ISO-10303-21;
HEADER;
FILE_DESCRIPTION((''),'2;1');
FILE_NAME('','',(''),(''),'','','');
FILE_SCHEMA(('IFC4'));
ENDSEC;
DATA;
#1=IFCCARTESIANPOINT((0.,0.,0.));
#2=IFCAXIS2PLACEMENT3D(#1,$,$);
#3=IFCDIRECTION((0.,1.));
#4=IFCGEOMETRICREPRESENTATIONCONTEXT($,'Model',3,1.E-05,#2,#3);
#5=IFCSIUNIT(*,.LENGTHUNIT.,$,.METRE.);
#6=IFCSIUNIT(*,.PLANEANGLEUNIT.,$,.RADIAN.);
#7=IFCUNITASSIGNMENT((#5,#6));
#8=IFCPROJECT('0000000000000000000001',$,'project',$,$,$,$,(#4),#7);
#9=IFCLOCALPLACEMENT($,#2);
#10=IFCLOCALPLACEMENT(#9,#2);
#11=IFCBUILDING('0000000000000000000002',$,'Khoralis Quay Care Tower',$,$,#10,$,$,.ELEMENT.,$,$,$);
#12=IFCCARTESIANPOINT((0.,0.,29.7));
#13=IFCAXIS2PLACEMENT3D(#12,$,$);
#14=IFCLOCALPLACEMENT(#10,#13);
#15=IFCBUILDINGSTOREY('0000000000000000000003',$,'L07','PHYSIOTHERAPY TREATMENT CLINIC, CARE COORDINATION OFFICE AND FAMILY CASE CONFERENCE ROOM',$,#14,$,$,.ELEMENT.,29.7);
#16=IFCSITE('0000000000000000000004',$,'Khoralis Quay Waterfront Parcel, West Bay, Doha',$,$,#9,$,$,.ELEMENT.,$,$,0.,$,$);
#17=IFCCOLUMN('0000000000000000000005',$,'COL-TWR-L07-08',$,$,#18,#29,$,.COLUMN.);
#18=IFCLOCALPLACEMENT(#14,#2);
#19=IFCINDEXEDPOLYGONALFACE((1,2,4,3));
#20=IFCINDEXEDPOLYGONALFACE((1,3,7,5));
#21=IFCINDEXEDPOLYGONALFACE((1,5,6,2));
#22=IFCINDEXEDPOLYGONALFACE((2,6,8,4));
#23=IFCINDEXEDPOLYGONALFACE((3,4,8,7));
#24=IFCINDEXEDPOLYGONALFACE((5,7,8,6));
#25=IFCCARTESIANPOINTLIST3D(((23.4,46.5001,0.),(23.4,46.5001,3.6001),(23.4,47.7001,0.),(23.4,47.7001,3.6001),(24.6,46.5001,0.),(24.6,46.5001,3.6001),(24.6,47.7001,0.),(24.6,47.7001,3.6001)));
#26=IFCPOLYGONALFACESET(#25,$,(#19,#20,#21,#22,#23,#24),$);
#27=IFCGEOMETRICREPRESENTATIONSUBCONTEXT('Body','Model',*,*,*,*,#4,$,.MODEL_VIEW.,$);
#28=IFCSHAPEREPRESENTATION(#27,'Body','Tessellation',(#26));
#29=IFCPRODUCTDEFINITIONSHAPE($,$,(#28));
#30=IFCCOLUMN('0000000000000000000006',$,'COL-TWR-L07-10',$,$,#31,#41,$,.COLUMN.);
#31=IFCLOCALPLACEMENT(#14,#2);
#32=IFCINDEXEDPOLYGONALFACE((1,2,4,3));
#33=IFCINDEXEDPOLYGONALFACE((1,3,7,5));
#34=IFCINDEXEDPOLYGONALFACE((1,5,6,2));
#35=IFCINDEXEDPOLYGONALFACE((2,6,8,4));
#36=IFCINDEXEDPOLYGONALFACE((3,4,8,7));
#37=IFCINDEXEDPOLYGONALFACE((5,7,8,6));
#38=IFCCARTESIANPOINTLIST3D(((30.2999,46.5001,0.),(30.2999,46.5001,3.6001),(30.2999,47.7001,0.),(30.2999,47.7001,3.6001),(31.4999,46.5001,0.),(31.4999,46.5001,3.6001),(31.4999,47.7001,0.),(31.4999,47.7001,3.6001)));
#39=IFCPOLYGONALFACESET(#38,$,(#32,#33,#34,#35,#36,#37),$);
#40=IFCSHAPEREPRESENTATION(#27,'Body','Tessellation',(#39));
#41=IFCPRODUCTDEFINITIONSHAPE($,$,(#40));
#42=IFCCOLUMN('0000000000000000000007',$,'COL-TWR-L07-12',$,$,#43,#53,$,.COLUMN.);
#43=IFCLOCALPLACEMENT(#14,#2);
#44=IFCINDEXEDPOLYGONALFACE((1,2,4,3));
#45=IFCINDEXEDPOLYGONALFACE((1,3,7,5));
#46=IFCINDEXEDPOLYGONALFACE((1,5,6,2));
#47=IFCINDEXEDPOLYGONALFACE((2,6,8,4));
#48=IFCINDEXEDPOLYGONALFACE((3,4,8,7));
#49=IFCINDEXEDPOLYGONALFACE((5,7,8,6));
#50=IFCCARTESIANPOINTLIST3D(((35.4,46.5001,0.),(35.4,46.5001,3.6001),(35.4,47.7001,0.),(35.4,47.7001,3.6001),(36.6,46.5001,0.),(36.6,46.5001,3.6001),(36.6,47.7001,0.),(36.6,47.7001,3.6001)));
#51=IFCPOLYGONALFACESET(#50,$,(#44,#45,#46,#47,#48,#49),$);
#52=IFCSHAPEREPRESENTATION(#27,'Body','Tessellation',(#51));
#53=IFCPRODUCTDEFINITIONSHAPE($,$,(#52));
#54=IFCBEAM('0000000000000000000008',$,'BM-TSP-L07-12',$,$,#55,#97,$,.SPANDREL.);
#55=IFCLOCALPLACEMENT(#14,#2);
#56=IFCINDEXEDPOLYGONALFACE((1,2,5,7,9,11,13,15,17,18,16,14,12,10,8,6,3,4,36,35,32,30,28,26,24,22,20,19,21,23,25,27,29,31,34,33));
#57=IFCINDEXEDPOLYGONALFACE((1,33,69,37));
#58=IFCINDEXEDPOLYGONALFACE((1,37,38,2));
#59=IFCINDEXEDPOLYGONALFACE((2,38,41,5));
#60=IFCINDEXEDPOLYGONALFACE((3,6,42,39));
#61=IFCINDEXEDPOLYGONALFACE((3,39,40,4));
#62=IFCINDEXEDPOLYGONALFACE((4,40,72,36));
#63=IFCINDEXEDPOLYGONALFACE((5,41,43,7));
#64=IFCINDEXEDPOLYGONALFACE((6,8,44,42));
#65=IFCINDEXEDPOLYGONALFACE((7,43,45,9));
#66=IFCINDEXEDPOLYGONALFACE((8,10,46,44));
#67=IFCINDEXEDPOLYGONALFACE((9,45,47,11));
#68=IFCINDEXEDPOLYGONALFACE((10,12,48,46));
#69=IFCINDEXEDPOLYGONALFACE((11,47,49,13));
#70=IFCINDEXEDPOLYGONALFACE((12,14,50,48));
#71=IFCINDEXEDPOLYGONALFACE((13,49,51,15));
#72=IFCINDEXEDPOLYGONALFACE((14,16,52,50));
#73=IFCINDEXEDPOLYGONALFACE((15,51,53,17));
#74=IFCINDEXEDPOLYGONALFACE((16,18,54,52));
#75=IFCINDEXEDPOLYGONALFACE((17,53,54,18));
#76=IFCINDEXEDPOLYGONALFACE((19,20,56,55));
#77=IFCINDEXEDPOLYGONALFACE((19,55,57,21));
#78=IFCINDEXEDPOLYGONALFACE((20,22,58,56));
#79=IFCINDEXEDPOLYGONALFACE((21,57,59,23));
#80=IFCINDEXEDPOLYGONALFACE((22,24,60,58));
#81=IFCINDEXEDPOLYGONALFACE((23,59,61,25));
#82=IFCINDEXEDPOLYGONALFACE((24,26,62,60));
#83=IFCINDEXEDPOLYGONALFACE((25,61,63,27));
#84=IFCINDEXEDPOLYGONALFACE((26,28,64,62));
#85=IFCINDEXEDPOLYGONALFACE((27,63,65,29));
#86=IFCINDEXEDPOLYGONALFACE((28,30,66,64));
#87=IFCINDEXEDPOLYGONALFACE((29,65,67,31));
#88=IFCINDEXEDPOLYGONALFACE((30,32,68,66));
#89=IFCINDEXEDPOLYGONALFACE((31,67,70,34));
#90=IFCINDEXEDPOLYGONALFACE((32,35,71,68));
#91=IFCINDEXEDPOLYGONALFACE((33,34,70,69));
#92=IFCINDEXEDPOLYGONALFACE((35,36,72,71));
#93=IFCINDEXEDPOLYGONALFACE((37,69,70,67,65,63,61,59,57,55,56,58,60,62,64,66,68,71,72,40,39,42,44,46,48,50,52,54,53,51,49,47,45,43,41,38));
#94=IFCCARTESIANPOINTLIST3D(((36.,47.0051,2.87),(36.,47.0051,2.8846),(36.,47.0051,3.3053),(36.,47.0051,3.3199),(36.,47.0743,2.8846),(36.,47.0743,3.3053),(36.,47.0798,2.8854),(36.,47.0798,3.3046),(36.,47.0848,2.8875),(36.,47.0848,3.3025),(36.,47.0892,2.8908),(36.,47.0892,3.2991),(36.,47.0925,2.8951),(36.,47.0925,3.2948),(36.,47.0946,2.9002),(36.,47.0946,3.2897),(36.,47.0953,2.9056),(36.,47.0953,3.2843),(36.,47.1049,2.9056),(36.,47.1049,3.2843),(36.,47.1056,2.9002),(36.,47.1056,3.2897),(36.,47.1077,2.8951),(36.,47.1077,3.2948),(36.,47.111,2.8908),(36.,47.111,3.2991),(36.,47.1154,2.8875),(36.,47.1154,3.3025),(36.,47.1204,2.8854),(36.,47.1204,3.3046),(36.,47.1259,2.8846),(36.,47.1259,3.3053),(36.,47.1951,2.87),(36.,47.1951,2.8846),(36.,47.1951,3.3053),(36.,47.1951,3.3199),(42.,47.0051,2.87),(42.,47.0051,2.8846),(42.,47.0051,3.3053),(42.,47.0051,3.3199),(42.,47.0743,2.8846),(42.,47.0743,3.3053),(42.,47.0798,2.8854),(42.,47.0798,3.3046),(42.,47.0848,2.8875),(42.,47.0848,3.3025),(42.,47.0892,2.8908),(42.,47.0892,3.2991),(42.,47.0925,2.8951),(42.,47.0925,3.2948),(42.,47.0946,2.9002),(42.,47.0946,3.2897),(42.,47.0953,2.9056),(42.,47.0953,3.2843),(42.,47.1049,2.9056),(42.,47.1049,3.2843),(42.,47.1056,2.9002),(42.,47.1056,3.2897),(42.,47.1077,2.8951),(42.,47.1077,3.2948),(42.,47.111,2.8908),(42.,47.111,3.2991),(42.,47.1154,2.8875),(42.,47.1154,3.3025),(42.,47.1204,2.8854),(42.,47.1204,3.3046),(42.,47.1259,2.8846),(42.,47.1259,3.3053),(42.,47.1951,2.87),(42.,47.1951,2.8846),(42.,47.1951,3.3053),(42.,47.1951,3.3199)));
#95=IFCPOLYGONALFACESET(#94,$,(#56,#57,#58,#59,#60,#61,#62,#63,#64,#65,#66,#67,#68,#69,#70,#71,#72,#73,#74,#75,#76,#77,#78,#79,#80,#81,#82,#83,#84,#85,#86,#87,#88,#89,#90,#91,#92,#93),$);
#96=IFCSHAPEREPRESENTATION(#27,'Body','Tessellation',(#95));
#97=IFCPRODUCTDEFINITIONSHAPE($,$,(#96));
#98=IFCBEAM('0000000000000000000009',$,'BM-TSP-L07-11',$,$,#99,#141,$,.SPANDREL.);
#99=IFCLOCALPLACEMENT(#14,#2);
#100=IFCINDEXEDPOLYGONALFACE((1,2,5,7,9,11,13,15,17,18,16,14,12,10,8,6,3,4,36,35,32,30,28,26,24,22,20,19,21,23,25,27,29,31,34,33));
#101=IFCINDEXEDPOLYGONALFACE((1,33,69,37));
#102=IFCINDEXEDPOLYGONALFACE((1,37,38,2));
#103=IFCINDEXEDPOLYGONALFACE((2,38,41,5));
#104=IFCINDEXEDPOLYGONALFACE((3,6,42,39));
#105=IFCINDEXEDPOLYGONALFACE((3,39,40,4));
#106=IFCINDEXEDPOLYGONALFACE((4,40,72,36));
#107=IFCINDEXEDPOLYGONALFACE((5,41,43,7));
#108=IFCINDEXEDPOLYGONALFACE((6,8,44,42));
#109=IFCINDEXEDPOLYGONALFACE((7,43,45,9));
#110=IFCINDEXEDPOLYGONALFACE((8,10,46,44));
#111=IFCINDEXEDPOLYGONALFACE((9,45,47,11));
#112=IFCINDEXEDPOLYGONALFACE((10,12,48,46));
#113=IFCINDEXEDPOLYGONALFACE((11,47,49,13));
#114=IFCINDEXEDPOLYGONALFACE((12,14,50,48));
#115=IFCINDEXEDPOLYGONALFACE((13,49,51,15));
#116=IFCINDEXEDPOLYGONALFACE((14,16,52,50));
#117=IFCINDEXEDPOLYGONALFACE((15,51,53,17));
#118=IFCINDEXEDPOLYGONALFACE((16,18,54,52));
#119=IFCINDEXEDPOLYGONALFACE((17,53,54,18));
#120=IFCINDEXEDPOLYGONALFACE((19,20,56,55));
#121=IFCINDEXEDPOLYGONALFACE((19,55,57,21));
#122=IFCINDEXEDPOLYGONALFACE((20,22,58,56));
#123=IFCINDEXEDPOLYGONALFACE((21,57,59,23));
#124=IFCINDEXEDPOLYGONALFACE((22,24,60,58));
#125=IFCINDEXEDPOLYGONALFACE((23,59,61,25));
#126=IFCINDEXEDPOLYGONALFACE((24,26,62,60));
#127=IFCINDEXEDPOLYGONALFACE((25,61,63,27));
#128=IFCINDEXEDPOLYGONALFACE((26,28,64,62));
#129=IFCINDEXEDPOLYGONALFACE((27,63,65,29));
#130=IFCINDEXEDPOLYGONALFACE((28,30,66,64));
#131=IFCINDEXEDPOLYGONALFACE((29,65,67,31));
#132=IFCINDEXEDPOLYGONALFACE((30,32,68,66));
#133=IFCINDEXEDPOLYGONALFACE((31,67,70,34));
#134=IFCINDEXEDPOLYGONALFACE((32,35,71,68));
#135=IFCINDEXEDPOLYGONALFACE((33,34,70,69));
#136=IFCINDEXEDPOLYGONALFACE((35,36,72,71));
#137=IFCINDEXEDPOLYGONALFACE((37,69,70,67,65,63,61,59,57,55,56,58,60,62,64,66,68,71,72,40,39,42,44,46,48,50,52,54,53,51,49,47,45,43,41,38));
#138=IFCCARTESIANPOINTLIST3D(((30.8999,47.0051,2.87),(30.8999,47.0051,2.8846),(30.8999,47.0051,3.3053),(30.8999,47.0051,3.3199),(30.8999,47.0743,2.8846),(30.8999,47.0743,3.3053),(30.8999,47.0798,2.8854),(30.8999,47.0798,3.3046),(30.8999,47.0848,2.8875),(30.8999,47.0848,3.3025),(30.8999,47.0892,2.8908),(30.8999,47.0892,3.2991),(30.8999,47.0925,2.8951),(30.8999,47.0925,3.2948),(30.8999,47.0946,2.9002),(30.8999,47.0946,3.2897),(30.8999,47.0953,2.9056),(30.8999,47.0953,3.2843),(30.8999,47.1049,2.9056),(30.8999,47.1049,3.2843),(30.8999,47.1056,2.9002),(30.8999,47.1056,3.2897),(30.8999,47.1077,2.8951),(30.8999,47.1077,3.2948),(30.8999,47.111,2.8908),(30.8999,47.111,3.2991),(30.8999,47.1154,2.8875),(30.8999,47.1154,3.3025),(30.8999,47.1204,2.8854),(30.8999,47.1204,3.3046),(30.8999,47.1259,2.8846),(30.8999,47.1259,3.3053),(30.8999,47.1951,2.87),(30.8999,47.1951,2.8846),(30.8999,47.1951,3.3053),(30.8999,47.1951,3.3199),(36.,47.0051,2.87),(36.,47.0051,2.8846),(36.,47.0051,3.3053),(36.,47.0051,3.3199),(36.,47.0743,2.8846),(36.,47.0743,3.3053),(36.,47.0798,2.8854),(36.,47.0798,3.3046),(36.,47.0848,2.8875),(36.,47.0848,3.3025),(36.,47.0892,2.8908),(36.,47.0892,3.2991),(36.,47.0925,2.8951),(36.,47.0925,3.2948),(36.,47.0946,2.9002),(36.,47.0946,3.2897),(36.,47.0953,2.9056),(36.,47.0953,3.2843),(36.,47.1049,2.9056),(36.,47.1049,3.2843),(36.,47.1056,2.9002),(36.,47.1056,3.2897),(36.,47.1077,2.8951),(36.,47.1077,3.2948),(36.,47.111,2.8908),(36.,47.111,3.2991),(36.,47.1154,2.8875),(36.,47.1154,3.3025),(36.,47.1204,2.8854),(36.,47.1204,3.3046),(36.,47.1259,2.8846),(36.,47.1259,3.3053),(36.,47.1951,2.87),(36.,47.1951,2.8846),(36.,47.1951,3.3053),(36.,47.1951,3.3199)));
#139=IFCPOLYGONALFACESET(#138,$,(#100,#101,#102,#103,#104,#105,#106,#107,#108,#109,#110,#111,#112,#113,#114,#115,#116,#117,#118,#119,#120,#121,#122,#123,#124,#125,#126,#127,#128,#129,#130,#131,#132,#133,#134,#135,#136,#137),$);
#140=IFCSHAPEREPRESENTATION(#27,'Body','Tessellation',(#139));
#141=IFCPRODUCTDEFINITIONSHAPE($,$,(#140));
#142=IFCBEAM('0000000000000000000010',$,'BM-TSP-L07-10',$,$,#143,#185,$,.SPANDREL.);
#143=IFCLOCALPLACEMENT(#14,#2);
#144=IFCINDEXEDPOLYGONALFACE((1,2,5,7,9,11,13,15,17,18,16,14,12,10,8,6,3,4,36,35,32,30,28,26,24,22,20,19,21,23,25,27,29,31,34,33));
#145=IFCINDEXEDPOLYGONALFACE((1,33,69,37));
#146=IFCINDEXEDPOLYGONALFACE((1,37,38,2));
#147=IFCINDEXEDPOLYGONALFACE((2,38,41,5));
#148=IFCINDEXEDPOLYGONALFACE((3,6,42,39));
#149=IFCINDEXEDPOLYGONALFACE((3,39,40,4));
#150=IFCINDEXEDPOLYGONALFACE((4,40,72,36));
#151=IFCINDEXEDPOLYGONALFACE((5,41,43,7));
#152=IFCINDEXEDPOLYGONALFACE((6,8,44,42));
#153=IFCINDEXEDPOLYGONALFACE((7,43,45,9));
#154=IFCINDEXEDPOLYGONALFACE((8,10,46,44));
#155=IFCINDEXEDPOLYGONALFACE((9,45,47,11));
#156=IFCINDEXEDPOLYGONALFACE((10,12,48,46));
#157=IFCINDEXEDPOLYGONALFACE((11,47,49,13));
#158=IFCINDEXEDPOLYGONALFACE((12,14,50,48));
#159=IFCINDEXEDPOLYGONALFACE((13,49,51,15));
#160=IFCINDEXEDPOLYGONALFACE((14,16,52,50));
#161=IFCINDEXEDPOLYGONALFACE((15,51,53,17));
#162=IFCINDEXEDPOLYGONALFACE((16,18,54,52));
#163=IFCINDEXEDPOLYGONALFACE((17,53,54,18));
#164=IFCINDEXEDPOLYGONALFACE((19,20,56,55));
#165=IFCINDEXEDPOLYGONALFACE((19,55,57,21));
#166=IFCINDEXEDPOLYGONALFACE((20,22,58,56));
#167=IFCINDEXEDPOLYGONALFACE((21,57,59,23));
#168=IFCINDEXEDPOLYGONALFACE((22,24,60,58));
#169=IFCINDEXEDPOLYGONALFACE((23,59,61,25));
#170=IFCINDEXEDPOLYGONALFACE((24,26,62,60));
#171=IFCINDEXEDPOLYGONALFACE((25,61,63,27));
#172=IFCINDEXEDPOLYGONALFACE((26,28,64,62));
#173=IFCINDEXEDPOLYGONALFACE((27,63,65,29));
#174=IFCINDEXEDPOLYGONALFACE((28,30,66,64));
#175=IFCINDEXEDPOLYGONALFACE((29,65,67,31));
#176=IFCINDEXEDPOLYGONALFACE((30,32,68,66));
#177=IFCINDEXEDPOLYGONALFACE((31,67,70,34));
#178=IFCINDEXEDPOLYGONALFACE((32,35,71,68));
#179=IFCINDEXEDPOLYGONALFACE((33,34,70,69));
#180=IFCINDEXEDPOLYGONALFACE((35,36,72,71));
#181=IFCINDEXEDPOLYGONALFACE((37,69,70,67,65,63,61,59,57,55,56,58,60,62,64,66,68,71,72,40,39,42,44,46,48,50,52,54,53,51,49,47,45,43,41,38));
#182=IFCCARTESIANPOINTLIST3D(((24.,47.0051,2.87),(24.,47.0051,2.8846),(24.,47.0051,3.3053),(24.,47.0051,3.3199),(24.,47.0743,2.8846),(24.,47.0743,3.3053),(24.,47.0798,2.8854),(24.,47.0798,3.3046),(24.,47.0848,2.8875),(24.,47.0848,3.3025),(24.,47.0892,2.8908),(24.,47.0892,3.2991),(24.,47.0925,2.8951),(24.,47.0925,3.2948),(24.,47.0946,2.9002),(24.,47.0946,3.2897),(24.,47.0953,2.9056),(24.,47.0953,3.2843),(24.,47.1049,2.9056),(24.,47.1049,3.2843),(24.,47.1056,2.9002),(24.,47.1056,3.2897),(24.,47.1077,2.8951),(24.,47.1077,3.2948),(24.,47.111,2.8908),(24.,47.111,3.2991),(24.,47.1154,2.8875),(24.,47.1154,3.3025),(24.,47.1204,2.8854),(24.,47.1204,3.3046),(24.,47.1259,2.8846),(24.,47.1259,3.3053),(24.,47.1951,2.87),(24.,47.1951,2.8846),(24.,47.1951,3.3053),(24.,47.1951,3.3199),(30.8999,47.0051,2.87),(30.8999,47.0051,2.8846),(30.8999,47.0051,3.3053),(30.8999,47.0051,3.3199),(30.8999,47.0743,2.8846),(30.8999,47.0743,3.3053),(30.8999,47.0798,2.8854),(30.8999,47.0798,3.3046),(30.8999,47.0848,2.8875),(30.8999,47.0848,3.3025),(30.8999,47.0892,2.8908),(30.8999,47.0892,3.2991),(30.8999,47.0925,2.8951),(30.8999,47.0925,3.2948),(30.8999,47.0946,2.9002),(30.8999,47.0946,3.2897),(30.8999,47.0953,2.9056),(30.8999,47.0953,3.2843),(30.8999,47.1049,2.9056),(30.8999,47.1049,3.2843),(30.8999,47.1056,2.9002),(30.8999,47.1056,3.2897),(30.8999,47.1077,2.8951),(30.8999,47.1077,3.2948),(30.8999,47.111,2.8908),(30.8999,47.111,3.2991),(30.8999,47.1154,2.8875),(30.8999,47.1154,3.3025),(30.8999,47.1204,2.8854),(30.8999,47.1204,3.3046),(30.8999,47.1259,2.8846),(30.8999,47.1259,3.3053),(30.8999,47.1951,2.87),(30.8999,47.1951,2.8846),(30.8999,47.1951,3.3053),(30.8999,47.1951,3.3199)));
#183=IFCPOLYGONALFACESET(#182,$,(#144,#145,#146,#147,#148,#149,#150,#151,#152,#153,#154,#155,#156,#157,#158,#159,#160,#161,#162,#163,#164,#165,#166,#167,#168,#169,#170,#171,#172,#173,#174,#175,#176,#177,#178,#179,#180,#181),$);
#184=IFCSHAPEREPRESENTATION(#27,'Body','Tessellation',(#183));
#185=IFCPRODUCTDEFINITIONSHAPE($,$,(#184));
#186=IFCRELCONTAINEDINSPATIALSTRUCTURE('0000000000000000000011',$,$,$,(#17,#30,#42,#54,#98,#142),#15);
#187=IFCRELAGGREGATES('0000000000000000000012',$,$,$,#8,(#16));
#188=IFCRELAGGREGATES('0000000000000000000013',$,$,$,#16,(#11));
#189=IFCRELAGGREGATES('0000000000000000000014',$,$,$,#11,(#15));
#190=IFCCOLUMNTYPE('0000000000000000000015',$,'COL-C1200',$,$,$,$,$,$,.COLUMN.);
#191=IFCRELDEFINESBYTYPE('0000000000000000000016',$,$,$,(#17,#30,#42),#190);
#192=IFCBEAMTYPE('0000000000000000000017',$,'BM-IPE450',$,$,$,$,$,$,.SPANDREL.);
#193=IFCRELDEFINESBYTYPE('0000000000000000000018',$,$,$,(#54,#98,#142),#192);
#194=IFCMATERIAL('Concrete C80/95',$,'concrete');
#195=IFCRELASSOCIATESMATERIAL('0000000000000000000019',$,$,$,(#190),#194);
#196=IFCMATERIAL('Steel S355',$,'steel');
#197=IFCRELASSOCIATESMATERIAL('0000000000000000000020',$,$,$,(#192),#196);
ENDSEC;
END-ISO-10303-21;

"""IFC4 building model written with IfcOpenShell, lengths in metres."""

from ifc_helpers import new_model, si_unit, direction, frame, origin, origin_2d, place, context, subcontext, project, spatial, rectangle, i_section, extrude, source, transform, mapped, material, material_profile, profile_set, type_object, element, save


model = new_model("IFC4")

# Units and contexts
model_context = context("Model", 3, precision=1e-05, world=origin(), true_north=direction((0.0, 1.0)))
body_context = subcontext(model_context, "Body", "Model", "MODEL_VIEW")
ifc_project = project(units=[si_unit("LENGTHUNIT", "METRE"), si_unit("PLANEANGLEUNIT", "RADIAN")], contexts=[model_context])

# Site, building, storey
site_placement = place(None, origin())
site = spatial("IfcSite", under=ifc_project, at=site_placement, Name="Khoralis Quay Waterfront Parcel, West Bay, Doha", CompositionType="ELEMENT", RefElevation=0.0)
building_placement = place(site_placement, origin())
building = spatial("IfcBuilding", under=site, at=building_placement, Name="Khoralis Quay Care Tower", CompositionType="ELEMENT")
storey_placement = place(building_placement, frame((0.0, 0.0, 29.7)))
storey = spatial("IfcBuildingStorey", under=building, at=storey_placement, Name="L07", Description="PHYSIOTHERAPY TREATMENT CLINIC, CARE COORDINATION OFFICE AND FAMILY CASE CONFERENCE ROOM", CompositionType="ELEMENT", Elevation=29.7)

# Columns
ifc_material_1 = material(Name="Concrete C80/95", Category="concrete")
ifc_material_profile_1 = material_profile(ifc_material_1, rectangle(XDim=1.2, YDim=1.2, at=origin_2d()), Name="Concrete C80/95")
ifc_profile_set_1 = profile_set([ifc_material_profile_1], Name="Concrete C80/95")
column_type = type_object("IfcColumnType", Name="COL-C1200", PredefinedType="COLUMN", material=ifc_profile_set_1)
shared_shape_1 = source(origin(), body_context, "Body", "SweptSolid", [
    extrude(rectangle(XDim=1.2, YDim=1.2, at=origin_2d()), origin(), (0.0, 0.0, 1.0), 3.6001),
])
for number, where, z_axis, x_axis, name in (
    (1, (24.0, 47.1001, 0.0), (0.0, 0.0, 1.0), (1.0, 0.0, 0.0), "COL-TWR-L07-08"),
    (2, (30.8999, 47.1001, 0.0), (0.0, 0.0, 1.0), (1.0, 0.0, 0.0), "COL-TWR-L07-10"),
    (3, (36.0, 47.1001, 0.0), (0.0, 0.0, 1.0), (1.0, 0.0, 0.0), "COL-TWR-L07-12"),
):
    element("IfcColumn", number, at=place(storey_placement, frame(where, z_axis=z_axis, x_axis=x_axis)), inside=storey, type_object=column_type, Name=name, PredefinedType="COLUMN", context=body_context, shape_type="MappedRepresentation", body=[
        mapped(shared_shape_1, transform((0.0, 0.0, 0.0), scale=1.0)),
    ])

# Beams
ifc_material_2 = material(Name="Steel S355", Category="steel")
ifc_material_profile_2 = material_profile(ifc_material_2, i_section(OverallWidth=0.1899, OverallDepth=0.45, WebThickness=0.0095, FlangeThickness=0.0146, FilletRadius=0.021, at=origin_2d()), Name="Steel S355")
ifc_profile_set_2 = profile_set([ifc_material_profile_2], Name="Steel S355")
beam_type_1 = type_object("IfcBeamType", Name="BM-IPE450", PredefinedType="SPANDREL", material=ifc_profile_set_2)
shared_shape_2 = source(origin(), body_context, "Body", "SweptSolid", [
    extrude(i_section(OverallWidth=0.1899, OverallDepth=0.45, WebThickness=0.0095, FlangeThickness=0.0146, FilletRadius=0.021, at=origin_2d()), origin(), (0.0, 0.0, 1.0), 6.0),
])
beam_1_placement = place(storey_placement, frame((36.0, 47.1001, 3.095), z_axis=(1.0, 0.0, 0.0), x_axis=(0.0, 1.0, 0.0)))
element("IfcBeam", 4, at=beam_1_placement, inside=storey, type_object=beam_type_1, Name="BM-TSP-L07-12", PredefinedType="SPANDREL", context=body_context, shape_type="MappedRepresentation", body=[
    mapped(shared_shape_2, transform((0.0, 0.0, 0.0), scale=1.0)),
])
shared_shape_3 = source(origin(), body_context, "Body", "SweptSolid", [
    extrude(i_section(OverallWidth=0.1899, OverallDepth=0.45, WebThickness=0.0095, FlangeThickness=0.0146, FilletRadius=0.021, at=origin_2d()), origin(), (0.0, 0.0, 1.0), 5.1001),
])
beam_2_placement = place(storey_placement, frame((30.8999, 47.1001, 3.095), z_axis=(1.0, 0.0, 0.0), x_axis=(0.0, 1.0, 0.0)))
element("IfcBeam", 5, at=beam_2_placement, inside=storey, type_object=beam_type_1, Name="BM-TSP-L07-11", PredefinedType="SPANDREL", context=body_context, shape_type="MappedRepresentation", body=[
    mapped(shared_shape_3, transform((0.0, 0.0, 0.0), scale=1.0)),
])
shared_shape_4 = source(origin(), body_context, "Body", "SweptSolid", [
    extrude(i_section(OverallWidth=0.1899, OverallDepth=0.45, WebThickness=0.0095, FlangeThickness=0.0146, FilletRadius=0.021, at=origin_2d()), origin(), (0.0, 0.0, 1.0), 6.8999),
])
beam_3_placement = place(storey_placement, frame((24.0, 47.1001, 3.095), z_axis=(1.0, 0.0, 0.0), x_axis=(0.0, 1.0, 0.0)))
element("IfcBeam", 6, at=beam_3_placement, inside=storey, type_object=beam_type_1, Name="BM-TSP-L07-10", PredefinedType="SPANDREL", context=body_context, shape_type="MappedRepresentation", body=[
    mapped(shared_shape_4, transform((0.0, 0.0, 0.0), scale=1.0)),
])

save(model, "model.ifc")
